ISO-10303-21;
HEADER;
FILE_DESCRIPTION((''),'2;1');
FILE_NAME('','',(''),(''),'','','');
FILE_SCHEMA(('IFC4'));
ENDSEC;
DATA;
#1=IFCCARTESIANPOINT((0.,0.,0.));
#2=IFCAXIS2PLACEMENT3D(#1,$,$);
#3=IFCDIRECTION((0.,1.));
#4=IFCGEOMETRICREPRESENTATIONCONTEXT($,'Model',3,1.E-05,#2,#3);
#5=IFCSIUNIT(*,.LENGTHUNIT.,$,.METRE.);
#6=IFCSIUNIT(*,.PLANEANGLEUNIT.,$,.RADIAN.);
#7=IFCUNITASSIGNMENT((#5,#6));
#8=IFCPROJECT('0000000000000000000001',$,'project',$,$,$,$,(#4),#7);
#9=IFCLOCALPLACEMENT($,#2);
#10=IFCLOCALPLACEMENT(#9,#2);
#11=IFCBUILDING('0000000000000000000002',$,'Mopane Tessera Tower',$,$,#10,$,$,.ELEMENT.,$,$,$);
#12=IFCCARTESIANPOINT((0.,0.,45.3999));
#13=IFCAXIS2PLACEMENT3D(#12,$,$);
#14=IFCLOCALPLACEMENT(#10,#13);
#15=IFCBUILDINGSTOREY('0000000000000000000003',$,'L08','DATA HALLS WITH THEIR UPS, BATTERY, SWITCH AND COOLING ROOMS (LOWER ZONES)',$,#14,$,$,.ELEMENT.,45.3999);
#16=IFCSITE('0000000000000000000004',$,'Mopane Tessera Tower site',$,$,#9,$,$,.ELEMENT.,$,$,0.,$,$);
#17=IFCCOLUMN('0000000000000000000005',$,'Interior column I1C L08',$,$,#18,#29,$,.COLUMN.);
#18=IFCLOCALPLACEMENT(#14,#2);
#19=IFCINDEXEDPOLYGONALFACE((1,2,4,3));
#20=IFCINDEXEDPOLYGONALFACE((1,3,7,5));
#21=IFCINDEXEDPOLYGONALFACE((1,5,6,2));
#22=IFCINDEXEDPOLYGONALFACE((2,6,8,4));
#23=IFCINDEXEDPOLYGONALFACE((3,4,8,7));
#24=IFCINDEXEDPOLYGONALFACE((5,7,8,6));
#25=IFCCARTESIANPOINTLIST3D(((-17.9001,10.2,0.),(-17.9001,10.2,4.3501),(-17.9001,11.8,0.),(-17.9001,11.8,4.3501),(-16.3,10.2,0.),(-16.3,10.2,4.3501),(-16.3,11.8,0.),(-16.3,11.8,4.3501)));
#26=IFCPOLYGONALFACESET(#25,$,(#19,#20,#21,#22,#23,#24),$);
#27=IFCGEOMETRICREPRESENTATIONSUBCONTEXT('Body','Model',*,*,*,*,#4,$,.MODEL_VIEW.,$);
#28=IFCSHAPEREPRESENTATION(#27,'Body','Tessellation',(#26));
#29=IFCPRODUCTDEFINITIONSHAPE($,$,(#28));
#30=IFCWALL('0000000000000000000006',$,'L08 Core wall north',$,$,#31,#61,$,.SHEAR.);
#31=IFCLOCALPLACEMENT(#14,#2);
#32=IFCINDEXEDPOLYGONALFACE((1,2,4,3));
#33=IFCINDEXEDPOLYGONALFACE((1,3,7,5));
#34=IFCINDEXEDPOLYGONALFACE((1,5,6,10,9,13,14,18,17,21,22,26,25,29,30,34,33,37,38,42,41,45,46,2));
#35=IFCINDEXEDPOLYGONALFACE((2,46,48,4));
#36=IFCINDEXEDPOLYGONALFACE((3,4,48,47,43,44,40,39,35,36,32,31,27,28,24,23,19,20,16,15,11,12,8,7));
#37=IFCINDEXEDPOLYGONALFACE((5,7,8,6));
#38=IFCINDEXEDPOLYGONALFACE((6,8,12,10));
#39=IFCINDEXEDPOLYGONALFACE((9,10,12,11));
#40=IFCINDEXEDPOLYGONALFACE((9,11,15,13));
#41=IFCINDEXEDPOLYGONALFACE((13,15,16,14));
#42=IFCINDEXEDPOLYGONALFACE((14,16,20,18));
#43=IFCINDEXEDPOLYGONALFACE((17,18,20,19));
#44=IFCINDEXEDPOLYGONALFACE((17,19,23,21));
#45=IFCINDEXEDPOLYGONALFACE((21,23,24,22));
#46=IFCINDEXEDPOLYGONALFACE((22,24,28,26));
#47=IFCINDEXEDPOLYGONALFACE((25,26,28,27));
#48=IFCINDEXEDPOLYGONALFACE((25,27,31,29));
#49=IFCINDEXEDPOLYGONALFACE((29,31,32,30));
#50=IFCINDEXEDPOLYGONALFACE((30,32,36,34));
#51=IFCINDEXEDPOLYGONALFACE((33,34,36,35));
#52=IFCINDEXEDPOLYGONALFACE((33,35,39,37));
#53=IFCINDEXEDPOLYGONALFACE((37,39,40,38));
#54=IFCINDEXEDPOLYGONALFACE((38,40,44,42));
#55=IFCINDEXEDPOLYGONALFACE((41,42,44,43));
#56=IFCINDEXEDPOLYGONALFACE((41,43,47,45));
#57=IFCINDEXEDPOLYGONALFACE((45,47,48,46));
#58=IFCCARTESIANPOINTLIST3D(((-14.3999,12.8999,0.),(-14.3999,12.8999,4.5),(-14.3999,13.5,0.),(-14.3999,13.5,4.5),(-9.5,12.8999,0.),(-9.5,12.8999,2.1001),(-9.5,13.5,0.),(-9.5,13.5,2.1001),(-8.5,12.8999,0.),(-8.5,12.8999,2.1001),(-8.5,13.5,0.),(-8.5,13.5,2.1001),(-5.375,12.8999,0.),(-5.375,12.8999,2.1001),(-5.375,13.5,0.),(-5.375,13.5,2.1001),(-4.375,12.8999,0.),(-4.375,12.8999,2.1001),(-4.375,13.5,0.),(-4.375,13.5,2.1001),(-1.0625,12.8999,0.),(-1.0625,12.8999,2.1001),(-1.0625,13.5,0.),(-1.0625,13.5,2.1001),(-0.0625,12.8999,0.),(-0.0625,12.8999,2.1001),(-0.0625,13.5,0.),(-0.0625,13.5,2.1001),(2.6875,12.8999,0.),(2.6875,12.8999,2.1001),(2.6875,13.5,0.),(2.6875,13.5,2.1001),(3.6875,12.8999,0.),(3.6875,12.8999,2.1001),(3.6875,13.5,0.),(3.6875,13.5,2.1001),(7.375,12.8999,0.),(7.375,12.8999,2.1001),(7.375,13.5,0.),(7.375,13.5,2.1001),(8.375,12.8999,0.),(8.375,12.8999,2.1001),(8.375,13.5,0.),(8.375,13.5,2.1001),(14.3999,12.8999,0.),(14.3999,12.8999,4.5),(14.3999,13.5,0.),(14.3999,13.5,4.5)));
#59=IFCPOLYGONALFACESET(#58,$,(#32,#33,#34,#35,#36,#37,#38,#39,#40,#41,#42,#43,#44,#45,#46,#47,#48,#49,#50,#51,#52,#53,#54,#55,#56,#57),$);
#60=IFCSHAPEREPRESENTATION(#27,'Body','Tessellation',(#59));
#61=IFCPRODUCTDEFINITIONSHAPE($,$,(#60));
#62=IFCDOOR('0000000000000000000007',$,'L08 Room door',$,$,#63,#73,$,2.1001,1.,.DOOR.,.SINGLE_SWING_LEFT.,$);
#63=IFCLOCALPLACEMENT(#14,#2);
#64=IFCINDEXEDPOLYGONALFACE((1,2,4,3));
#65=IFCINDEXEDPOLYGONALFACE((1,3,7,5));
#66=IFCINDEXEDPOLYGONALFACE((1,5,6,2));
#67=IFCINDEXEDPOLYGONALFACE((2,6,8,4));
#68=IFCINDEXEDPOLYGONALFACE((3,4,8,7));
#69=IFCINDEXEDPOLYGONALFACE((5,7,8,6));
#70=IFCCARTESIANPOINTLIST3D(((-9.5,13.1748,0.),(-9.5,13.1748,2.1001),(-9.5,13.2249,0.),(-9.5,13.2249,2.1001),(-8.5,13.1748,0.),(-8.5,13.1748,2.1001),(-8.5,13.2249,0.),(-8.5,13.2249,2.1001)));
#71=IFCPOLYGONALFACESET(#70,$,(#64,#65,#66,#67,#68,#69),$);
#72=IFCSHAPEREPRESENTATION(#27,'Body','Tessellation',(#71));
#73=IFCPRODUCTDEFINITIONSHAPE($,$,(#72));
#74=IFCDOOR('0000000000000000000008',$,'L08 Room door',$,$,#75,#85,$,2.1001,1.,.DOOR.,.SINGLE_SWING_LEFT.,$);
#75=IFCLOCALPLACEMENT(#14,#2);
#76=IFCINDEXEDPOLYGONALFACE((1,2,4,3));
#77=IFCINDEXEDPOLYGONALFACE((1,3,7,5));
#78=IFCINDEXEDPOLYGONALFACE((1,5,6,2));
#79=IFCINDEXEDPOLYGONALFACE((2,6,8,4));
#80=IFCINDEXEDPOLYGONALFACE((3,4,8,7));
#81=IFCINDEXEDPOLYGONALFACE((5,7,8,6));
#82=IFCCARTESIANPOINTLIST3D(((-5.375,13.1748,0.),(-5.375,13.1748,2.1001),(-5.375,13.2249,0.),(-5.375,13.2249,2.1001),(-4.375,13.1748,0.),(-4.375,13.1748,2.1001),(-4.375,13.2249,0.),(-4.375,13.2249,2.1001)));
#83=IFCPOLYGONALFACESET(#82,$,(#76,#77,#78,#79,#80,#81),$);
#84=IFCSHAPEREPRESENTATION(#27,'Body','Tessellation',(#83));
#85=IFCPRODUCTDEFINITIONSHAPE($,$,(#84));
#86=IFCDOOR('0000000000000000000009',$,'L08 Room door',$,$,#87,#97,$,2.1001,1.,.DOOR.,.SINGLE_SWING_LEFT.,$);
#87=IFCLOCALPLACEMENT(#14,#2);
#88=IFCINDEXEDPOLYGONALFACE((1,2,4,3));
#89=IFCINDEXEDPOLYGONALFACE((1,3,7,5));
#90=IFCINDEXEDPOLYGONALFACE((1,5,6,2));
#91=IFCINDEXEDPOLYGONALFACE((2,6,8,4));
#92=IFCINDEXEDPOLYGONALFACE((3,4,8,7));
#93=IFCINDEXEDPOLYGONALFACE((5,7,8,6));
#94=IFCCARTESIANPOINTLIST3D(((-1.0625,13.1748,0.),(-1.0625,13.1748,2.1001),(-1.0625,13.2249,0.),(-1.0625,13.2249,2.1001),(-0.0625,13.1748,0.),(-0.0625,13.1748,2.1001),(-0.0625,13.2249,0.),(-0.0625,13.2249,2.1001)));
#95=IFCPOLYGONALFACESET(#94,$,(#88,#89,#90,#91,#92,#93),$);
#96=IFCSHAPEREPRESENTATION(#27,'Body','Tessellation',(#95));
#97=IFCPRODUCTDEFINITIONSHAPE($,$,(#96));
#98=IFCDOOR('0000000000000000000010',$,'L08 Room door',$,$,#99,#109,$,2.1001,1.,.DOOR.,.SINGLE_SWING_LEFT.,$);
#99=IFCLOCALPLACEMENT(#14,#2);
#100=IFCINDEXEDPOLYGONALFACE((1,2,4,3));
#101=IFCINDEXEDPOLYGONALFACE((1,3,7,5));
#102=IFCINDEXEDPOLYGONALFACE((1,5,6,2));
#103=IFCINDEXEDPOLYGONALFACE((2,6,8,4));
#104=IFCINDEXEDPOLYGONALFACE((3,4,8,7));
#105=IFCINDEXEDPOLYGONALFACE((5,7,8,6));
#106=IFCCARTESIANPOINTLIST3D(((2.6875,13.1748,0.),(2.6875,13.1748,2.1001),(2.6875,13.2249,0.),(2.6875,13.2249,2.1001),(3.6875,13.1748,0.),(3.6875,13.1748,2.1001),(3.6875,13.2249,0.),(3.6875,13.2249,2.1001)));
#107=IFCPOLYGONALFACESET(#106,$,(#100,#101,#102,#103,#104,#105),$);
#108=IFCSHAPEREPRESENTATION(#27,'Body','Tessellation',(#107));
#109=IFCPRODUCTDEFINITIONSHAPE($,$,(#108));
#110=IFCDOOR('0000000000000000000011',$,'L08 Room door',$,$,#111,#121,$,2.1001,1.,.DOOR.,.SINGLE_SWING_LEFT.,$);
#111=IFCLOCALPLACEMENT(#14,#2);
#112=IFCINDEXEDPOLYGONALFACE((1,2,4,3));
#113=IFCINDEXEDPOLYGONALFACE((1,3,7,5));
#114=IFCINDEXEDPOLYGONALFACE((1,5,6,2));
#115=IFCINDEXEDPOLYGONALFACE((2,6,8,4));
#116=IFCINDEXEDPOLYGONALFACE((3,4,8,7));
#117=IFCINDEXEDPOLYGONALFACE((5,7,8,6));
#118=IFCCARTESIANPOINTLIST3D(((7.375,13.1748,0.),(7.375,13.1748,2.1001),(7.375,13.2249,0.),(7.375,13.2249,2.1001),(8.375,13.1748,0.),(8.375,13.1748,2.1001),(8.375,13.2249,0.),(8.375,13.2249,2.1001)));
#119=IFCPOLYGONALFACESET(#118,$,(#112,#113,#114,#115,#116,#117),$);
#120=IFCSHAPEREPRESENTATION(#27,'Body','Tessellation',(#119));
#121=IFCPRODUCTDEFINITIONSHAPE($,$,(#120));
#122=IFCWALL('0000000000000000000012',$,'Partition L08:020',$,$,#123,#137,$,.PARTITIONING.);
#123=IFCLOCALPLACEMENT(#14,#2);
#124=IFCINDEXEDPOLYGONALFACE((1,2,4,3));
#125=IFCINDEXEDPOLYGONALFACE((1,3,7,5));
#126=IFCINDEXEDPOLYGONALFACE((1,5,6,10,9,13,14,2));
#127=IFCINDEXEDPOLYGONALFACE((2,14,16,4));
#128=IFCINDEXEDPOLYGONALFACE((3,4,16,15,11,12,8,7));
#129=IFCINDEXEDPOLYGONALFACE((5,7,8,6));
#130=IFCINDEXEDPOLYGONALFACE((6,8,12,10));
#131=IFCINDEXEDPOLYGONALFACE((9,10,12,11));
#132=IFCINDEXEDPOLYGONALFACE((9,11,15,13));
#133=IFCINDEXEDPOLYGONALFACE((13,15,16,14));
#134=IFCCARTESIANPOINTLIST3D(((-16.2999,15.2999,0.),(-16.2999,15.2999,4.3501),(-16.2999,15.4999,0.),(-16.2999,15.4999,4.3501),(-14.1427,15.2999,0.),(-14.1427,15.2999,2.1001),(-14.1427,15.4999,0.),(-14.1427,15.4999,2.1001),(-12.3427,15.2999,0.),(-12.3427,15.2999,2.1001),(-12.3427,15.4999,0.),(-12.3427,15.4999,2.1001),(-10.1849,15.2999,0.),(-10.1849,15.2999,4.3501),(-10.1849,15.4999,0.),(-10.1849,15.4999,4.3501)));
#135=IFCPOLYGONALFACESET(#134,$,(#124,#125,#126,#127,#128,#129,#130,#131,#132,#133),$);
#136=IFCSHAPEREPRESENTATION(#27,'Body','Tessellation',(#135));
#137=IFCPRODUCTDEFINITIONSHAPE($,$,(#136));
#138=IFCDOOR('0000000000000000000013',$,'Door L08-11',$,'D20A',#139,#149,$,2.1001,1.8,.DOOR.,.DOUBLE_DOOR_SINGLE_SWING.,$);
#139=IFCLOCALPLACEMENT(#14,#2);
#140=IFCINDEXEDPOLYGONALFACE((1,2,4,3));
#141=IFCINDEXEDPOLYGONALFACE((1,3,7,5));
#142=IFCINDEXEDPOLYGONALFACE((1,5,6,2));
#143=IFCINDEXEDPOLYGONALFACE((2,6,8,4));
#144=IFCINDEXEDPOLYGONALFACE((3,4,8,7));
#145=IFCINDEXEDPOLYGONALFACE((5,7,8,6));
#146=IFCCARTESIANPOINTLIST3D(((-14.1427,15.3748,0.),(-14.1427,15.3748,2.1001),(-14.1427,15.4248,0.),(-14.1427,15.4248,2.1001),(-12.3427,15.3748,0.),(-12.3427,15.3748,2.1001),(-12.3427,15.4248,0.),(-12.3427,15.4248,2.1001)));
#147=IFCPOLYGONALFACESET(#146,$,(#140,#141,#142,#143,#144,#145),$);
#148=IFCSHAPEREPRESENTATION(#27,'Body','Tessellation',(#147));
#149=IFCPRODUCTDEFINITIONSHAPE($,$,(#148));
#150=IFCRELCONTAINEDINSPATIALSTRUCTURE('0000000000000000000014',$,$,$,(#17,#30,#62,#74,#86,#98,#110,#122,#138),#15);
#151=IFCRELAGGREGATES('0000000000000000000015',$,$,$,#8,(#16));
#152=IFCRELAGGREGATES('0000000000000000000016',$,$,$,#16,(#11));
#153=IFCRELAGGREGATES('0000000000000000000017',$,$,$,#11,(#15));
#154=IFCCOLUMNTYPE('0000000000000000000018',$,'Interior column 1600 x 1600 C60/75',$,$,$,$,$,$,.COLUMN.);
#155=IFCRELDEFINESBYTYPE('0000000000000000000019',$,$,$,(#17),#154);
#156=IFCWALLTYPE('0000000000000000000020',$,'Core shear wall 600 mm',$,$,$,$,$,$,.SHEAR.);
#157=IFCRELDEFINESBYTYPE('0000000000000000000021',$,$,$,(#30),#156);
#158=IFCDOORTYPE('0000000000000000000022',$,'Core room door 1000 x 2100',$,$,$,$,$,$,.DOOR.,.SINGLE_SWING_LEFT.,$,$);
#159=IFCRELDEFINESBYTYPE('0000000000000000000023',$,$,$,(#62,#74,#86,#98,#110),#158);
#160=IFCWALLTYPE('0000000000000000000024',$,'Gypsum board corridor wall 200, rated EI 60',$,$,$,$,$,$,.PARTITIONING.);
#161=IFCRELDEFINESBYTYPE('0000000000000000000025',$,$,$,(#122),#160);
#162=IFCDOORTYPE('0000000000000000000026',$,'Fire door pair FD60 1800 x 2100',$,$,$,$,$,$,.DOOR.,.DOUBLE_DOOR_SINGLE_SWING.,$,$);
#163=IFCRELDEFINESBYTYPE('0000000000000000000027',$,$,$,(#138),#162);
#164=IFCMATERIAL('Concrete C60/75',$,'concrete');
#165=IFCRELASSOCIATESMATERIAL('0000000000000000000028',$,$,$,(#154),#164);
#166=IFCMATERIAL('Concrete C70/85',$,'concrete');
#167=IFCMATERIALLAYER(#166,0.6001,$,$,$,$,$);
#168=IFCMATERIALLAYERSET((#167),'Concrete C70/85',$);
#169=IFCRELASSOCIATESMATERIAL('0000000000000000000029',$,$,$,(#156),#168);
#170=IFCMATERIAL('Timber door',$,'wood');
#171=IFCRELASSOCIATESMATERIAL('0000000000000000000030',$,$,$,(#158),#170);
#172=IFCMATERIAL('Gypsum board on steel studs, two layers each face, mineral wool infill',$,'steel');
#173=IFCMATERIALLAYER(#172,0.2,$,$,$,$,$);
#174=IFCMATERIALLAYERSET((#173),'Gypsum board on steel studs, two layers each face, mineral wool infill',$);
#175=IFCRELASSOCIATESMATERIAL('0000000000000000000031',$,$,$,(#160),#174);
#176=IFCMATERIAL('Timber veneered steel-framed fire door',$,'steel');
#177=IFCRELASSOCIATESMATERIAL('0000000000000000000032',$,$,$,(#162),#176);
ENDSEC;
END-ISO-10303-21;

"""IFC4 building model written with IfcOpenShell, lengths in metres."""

from ifc_helpers import new_model, si_unit, direction, frame, frame_2d, origin, origin_2d, place, context, subcontext, project, spatial, rectangle, extrude, material, layer, layer_set, material_profile, profile_set, type_object, element, fill, save


model = new_model("IFC4")

# Units and contexts
model_context = context("Model", 3, precision=1e-05, world=origin(), true_north=direction((0.0, 1.0)))
body_context = subcontext(model_context, "Body", "Model", "MODEL_VIEW")
ifc_project = project(units=[si_unit("LENGTHUNIT", "METRE"), si_unit("PLANEANGLEUNIT", "RADIAN")], contexts=[model_context])

# Site, building, storey
site_placement = place(None, origin())
site = spatial("IfcSite", under=ifc_project, at=site_placement, Name="Mopane Tessera Tower site", CompositionType="ELEMENT", RefElevation=0.0)
building_placement = place(site_placement, origin())
building = spatial("IfcBuilding", under=site, at=building_placement, Name="Mopane Tessera Tower", CompositionType="ELEMENT")
storey_placement = place(building_placement, frame((0.0, 0.0, 45.3999)))
storey = spatial("IfcBuildingStorey", under=building, at=storey_placement, Name="L08", Description="DATA HALLS WITH THEIR UPS, BATTERY, SWITCH AND COOLING ROOMS (LOWER ZONES)", CompositionType="ELEMENT", Elevation=45.3999)

# Column
ifc_material_1 = material(Name="Concrete C60/75", Category="concrete")
ifc_material_profile = material_profile(ifc_material_1, rectangle(XDim=1.6001, YDim=1.6001, at=origin_2d()))
ifc_profile_set = profile_set([ifc_material_profile], Name="Concrete C60/75")
column_type = type_object("IfcColumnType", Name="Interior column 1600 x 1600 C60/75", PredefinedType="COLUMN", material=ifc_profile_set)
column_placement = place(storey_placement, frame((-17.1001, 11.0, 0.0), z_axis=(0.0, 0.0, 1.0), x_axis=(1.0, 0.0, 0.0)))
element("IfcColumn", 1, at=column_placement, inside=storey, type_object=column_type, Name="Interior column I1C L08", PredefinedType="COLUMN", context=body_context, shape_type="SweptSolid", body=[
    extrude(rectangle(XDim=1.6001, YDim=1.6001, at=origin_2d()), origin(), (0.0, 0.0, 1.0), 4.3501),
])

# Wall, openings, doors
ifc_material_2 = material(Name="Concrete C70/85", Category="concrete")
ifc_layer_1 = layer(ifc_material_2, 0.6001)
ifc_layer_set_1 = layer_set([ifc_layer_1], Name="Concrete C70/85")
wall_type_1 = type_object("IfcWallType", Name="Core shear wall 600 mm", PredefinedType="SHEAR", material=ifc_layer_set_1)
wall_1_placement = place(storey_placement, frame((-14.3999, 13.2, 0.0), z_axis=(0.0, 0.0, 1.0), x_axis=(1.0, 0.0, 0.0)))
wall_1 = element("IfcWall", 2, at=wall_1_placement, inside=storey, type_object=wall_type_1, Name="L08 Core wall north", PredefinedType="SHEAR", context=body_context, shape_type="SweptSolid", body=[
    extrude(rectangle(XDim=28.7998, YDim=0.6001, at=frame_2d((14.3999, 0.0))), origin(), (0.0, 0.0, 1.0), 4.5),
])
opening_1_placement = place(wall_1_placement, frame((4.8999, 0.0, 0.0)))
opening_1 = element("IfcOpeningElement", 3, at=opening_1_placement, cuts=wall_1, PredefinedType="OPENING", context=body_context, shape_type="SweptSolid", body=[
    extrude(rectangle(XDim=1.0, YDim=2.1001, at=frame_2d((0.5, 1.05))), frame((0.0, 0.312, 0.0), z_axis=(0.0, -1.0, 0.0), x_axis=(1.0, 0.0, 0.0)), (0.0, 0.0, 1.0), 0.624),
])
opening_2_placement = place(wall_1_placement, frame((9.0249, 0.0, 0.0)))
opening_2 = element("IfcOpeningElement", 4, at=opening_2_placement, cuts=wall_1, PredefinedType="OPENING", context=body_context, shape_type="SweptSolid", body=[
    extrude(rectangle(XDim=1.0, YDim=2.1001, at=frame_2d((0.5, 1.05))), frame((0.0, 0.312, 0.0), z_axis=(0.0, -1.0, 0.0), x_axis=(1.0, 0.0, 0.0)), (0.0, 0.0, 1.0), 0.624),
])
opening_3_placement = place(wall_1_placement, frame((13.3374, 0.0, 0.0)))
opening_3 = element("IfcOpeningElement", 5, at=opening_3_placement, cuts=wall_1, PredefinedType="OPENING", context=body_context, shape_type="SweptSolid", body=[
    extrude(rectangle(XDim=1.0, YDim=2.1001, at=frame_2d((0.5, 1.05))), frame((0.0, 0.312, 0.0), z_axis=(0.0, -1.0, 0.0), x_axis=(1.0, 0.0, 0.0)), (0.0, 0.0, 1.0), 0.624),
])
opening_4_placement = place(wall_1_placement, frame((17.0874, 0.0, 0.0)))
opening_4 = element("IfcOpeningElement", 6, at=opening_4_placement, cuts=wall_1, PredefinedType="OPENING", context=body_context, shape_type="SweptSolid", body=[
    extrude(rectangle(XDim=1.0, YDim=2.1001, at=frame_2d((0.5, 1.05))), frame((0.0, 0.312, 0.0), z_axis=(0.0, -1.0, 0.0), x_axis=(1.0, 0.0, 0.0)), (0.0, 0.0, 1.0), 0.624),
])
opening_5_placement = place(wall_1_placement, frame((21.7749, 0.0, 0.0)))
opening_5 = element("IfcOpeningElement", 7, at=opening_5_placement, cuts=wall_1, PredefinedType="OPENING", context=body_context, shape_type="SweptSolid", body=[
    extrude(rectangle(XDim=1.0, YDim=2.1001, at=frame_2d((0.5, 1.05))), frame((0.0, 0.312, 0.0), z_axis=(0.0, -1.0, 0.0), x_axis=(1.0, 0.0, 0.0)), (0.0, 0.0, 1.0), 0.624),
])
ifc_material_3 = material(Name="Timber door", Category="wood")
door_type_1 = type_object("IfcDoorType", Name="Core room door 1000 x 2100", OperationType="SINGLE_SWING_LEFT", PredefinedType="DOOR", material=ifc_material_3)
door_1_placement = place(opening_1_placement, origin())
door_1 = element("IfcDoor", 8, at=door_1_placement, inside=storey, type_object=door_type_1, Name="L08 Room door", OperationType="SINGLE_SWING_LEFT", OverallHeight=2.1001, OverallWidth=1.0, PredefinedType="DOOR", context=body_context, shape_type="SweptSolid", body=[
    extrude(rectangle(XDim=1.0, YDim=2.1001, at=frame_2d((0.5, 1.05))), frame((0.0, 0.0249, 0.0), z_axis=(0.0, -1.0, 0.0), x_axis=(1.0, 0.0, 0.0)), (0.0, 0.0, 1.0), 0.05),
])
fill(opening_1, door_1)
door_2_placement = place(opening_2_placement, origin())
door_2 = element("IfcDoor", 9, at=door_2_placement, inside=storey, type_object=door_type_1, Name="L08 Room door", OperationType="SINGLE_SWING_LEFT", OverallHeight=2.1001, OverallWidth=1.0, PredefinedType="DOOR", context=body_context, shape_type="SweptSolid", body=[
    extrude(rectangle(XDim=1.0, YDim=2.1001, at=frame_2d((0.5, 1.05))), frame((0.0, 0.0249, 0.0), z_axis=(0.0, -1.0, 0.0), x_axis=(1.0, 0.0, 0.0)), (0.0, 0.0, 1.0), 0.05),
])
fill(opening_2, door_2)
door_3_placement = place(opening_3_placement, origin())
door_3 = element("IfcDoor", 10, at=door_3_placement, inside=storey, type_object=door_type_1, Name="L08 Room door", OperationType="SINGLE_SWING_LEFT", OverallHeight=2.1001, OverallWidth=1.0, PredefinedType="DOOR", context=body_context, shape_type="SweptSolid", body=[
    extrude(rectangle(XDim=1.0, YDim=2.1001, at=frame_2d((0.5, 1.05))), frame((0.0, 0.0249, 0.0), z_axis=(0.0, -1.0, 0.0), x_axis=(1.0, 0.0, 0.0)), (0.0, 0.0, 1.0), 0.05),
])
fill(opening_3, door_3)
door_4_placement = place(opening_4_placement, origin())
door_4 = element("IfcDoor", 11, at=door_4_placement, inside=storey, type_object=door_type_1, Name="L08 Room door", OperationType="SINGLE_SWING_LEFT", OverallHeight=2.1001, OverallWidth=1.0, PredefinedType="DOOR", context=body_context, shape_type="SweptSolid", body=[
    extrude(rectangle(XDim=1.0, YDim=2.1001, at=frame_2d((0.5, 1.05))), frame((0.0, 0.0249, 0.0), z_axis=(0.0, -1.0, 0.0), x_axis=(1.0, 0.0, 0.0)), (0.0, 0.0, 1.0), 0.05),
])
fill(opening_4, door_4)
door_5_placement = place(opening_5_placement, origin())
door_5 = element("IfcDoor", 12, at=door_5_placement, inside=storey, type_object=door_type_1, Name="L08 Room door", OperationType="SINGLE_SWING_LEFT", OverallHeight=2.1001, OverallWidth=1.0, PredefinedType="DOOR", context=body_context, shape_type="SweptSolid", body=[
    extrude(rectangle(XDim=1.0, YDim=2.1001, at=frame_2d((0.5, 1.05))), frame((0.0, 0.0249, 0.0), z_axis=(0.0, -1.0, 0.0), x_axis=(1.0, 0.0, 0.0)), (0.0, 0.0, 1.0), 0.05),
])
fill(opening_5, door_5)

# Wall, opening, door
ifc_material_4 = material(Name="Gypsum board on steel studs, two layers each face, mineral wool infill", Category="steel")
ifc_layer_2 = layer(ifc_material_4, 0.2)
ifc_layer_set_2 = layer_set([ifc_layer_2], Name="Gypsum board on steel studs, two layers each face, mineral wool infill")
wall_type_2 = type_object("IfcWallType", Name="Gypsum board corridor wall 200, rated EI 60", PredefinedType="PARTITIONING", material=ifc_layer_set_2)
wall_2_placement = place(storey_placement, frame((-16.3, 15.3999, 0.0), z_axis=(0.0, 0.0, 1.0), x_axis=(1.0, 0.0, 0.0)))
wall_2 = element("IfcWall", 13, at=wall_2_placement, inside=storey, type_object=wall_type_2, Name="Partition L08:020", PredefinedType="PARTITIONING", context=body_context, shape_type="SweptSolid", body=[
    extrude(rectangle(XDim=6.115, YDim=0.2, at=frame_2d((3.0576, 0.0))), origin(), (0.0, 0.0, 1.0), 4.3501),
])
opening_6_placement = place(wall_2_placement, frame((2.1575, 0.0, 0.0)))
opening_6 = element("IfcOpeningElement", 14, at=opening_6_placement, cuts=wall_2, PredefinedType="OPENING", context=body_context, shape_type="SweptSolid", body=[
    extrude(rectangle(XDim=1.8, YDim=2.1001, at=frame_2d((0.8999, 1.05))), frame((0.0, 0.1121, 0.0), z_axis=(0.0, -1.0, 0.0), x_axis=(1.0, 0.0, 0.0)), (0.0, 0.0, 1.0), 0.2239),
])
ifc_material_5 = material(Name="Timber veneered steel-framed fire door", Category="steel")
door_type_2 = type_object("IfcDoorType", Name="Fire door pair FD60 1800 x 2100", OperationType="DOUBLE_DOOR_SINGLE_SWING", PredefinedType="DOOR", material=ifc_material_5)
door_6_placement = place(opening_6_placement, origin())
door_6 = element("IfcDoor", 15, at=door_6_placement, inside=storey, type_object=door_type_2, Name="Door L08-11", ObjectType="D20A", OperationType="DOUBLE_DOOR_SINGLE_SWING", OverallHeight=2.1001, OverallWidth=1.8, PredefinedType="DOOR", context=body_context, shape_type="SweptSolid", body=[
    extrude(rectangle(XDim=1.8, YDim=2.1001, at=frame_2d((0.8999, 1.05))), frame((0.0, 0.0249, 0.0), z_axis=(0.0, -1.0, 0.0), x_axis=(1.0, 0.0, 0.0)), (0.0, 0.0, 1.0), 0.05),
])
fill(opening_6, door_6)

save(model, "model.ifc")
